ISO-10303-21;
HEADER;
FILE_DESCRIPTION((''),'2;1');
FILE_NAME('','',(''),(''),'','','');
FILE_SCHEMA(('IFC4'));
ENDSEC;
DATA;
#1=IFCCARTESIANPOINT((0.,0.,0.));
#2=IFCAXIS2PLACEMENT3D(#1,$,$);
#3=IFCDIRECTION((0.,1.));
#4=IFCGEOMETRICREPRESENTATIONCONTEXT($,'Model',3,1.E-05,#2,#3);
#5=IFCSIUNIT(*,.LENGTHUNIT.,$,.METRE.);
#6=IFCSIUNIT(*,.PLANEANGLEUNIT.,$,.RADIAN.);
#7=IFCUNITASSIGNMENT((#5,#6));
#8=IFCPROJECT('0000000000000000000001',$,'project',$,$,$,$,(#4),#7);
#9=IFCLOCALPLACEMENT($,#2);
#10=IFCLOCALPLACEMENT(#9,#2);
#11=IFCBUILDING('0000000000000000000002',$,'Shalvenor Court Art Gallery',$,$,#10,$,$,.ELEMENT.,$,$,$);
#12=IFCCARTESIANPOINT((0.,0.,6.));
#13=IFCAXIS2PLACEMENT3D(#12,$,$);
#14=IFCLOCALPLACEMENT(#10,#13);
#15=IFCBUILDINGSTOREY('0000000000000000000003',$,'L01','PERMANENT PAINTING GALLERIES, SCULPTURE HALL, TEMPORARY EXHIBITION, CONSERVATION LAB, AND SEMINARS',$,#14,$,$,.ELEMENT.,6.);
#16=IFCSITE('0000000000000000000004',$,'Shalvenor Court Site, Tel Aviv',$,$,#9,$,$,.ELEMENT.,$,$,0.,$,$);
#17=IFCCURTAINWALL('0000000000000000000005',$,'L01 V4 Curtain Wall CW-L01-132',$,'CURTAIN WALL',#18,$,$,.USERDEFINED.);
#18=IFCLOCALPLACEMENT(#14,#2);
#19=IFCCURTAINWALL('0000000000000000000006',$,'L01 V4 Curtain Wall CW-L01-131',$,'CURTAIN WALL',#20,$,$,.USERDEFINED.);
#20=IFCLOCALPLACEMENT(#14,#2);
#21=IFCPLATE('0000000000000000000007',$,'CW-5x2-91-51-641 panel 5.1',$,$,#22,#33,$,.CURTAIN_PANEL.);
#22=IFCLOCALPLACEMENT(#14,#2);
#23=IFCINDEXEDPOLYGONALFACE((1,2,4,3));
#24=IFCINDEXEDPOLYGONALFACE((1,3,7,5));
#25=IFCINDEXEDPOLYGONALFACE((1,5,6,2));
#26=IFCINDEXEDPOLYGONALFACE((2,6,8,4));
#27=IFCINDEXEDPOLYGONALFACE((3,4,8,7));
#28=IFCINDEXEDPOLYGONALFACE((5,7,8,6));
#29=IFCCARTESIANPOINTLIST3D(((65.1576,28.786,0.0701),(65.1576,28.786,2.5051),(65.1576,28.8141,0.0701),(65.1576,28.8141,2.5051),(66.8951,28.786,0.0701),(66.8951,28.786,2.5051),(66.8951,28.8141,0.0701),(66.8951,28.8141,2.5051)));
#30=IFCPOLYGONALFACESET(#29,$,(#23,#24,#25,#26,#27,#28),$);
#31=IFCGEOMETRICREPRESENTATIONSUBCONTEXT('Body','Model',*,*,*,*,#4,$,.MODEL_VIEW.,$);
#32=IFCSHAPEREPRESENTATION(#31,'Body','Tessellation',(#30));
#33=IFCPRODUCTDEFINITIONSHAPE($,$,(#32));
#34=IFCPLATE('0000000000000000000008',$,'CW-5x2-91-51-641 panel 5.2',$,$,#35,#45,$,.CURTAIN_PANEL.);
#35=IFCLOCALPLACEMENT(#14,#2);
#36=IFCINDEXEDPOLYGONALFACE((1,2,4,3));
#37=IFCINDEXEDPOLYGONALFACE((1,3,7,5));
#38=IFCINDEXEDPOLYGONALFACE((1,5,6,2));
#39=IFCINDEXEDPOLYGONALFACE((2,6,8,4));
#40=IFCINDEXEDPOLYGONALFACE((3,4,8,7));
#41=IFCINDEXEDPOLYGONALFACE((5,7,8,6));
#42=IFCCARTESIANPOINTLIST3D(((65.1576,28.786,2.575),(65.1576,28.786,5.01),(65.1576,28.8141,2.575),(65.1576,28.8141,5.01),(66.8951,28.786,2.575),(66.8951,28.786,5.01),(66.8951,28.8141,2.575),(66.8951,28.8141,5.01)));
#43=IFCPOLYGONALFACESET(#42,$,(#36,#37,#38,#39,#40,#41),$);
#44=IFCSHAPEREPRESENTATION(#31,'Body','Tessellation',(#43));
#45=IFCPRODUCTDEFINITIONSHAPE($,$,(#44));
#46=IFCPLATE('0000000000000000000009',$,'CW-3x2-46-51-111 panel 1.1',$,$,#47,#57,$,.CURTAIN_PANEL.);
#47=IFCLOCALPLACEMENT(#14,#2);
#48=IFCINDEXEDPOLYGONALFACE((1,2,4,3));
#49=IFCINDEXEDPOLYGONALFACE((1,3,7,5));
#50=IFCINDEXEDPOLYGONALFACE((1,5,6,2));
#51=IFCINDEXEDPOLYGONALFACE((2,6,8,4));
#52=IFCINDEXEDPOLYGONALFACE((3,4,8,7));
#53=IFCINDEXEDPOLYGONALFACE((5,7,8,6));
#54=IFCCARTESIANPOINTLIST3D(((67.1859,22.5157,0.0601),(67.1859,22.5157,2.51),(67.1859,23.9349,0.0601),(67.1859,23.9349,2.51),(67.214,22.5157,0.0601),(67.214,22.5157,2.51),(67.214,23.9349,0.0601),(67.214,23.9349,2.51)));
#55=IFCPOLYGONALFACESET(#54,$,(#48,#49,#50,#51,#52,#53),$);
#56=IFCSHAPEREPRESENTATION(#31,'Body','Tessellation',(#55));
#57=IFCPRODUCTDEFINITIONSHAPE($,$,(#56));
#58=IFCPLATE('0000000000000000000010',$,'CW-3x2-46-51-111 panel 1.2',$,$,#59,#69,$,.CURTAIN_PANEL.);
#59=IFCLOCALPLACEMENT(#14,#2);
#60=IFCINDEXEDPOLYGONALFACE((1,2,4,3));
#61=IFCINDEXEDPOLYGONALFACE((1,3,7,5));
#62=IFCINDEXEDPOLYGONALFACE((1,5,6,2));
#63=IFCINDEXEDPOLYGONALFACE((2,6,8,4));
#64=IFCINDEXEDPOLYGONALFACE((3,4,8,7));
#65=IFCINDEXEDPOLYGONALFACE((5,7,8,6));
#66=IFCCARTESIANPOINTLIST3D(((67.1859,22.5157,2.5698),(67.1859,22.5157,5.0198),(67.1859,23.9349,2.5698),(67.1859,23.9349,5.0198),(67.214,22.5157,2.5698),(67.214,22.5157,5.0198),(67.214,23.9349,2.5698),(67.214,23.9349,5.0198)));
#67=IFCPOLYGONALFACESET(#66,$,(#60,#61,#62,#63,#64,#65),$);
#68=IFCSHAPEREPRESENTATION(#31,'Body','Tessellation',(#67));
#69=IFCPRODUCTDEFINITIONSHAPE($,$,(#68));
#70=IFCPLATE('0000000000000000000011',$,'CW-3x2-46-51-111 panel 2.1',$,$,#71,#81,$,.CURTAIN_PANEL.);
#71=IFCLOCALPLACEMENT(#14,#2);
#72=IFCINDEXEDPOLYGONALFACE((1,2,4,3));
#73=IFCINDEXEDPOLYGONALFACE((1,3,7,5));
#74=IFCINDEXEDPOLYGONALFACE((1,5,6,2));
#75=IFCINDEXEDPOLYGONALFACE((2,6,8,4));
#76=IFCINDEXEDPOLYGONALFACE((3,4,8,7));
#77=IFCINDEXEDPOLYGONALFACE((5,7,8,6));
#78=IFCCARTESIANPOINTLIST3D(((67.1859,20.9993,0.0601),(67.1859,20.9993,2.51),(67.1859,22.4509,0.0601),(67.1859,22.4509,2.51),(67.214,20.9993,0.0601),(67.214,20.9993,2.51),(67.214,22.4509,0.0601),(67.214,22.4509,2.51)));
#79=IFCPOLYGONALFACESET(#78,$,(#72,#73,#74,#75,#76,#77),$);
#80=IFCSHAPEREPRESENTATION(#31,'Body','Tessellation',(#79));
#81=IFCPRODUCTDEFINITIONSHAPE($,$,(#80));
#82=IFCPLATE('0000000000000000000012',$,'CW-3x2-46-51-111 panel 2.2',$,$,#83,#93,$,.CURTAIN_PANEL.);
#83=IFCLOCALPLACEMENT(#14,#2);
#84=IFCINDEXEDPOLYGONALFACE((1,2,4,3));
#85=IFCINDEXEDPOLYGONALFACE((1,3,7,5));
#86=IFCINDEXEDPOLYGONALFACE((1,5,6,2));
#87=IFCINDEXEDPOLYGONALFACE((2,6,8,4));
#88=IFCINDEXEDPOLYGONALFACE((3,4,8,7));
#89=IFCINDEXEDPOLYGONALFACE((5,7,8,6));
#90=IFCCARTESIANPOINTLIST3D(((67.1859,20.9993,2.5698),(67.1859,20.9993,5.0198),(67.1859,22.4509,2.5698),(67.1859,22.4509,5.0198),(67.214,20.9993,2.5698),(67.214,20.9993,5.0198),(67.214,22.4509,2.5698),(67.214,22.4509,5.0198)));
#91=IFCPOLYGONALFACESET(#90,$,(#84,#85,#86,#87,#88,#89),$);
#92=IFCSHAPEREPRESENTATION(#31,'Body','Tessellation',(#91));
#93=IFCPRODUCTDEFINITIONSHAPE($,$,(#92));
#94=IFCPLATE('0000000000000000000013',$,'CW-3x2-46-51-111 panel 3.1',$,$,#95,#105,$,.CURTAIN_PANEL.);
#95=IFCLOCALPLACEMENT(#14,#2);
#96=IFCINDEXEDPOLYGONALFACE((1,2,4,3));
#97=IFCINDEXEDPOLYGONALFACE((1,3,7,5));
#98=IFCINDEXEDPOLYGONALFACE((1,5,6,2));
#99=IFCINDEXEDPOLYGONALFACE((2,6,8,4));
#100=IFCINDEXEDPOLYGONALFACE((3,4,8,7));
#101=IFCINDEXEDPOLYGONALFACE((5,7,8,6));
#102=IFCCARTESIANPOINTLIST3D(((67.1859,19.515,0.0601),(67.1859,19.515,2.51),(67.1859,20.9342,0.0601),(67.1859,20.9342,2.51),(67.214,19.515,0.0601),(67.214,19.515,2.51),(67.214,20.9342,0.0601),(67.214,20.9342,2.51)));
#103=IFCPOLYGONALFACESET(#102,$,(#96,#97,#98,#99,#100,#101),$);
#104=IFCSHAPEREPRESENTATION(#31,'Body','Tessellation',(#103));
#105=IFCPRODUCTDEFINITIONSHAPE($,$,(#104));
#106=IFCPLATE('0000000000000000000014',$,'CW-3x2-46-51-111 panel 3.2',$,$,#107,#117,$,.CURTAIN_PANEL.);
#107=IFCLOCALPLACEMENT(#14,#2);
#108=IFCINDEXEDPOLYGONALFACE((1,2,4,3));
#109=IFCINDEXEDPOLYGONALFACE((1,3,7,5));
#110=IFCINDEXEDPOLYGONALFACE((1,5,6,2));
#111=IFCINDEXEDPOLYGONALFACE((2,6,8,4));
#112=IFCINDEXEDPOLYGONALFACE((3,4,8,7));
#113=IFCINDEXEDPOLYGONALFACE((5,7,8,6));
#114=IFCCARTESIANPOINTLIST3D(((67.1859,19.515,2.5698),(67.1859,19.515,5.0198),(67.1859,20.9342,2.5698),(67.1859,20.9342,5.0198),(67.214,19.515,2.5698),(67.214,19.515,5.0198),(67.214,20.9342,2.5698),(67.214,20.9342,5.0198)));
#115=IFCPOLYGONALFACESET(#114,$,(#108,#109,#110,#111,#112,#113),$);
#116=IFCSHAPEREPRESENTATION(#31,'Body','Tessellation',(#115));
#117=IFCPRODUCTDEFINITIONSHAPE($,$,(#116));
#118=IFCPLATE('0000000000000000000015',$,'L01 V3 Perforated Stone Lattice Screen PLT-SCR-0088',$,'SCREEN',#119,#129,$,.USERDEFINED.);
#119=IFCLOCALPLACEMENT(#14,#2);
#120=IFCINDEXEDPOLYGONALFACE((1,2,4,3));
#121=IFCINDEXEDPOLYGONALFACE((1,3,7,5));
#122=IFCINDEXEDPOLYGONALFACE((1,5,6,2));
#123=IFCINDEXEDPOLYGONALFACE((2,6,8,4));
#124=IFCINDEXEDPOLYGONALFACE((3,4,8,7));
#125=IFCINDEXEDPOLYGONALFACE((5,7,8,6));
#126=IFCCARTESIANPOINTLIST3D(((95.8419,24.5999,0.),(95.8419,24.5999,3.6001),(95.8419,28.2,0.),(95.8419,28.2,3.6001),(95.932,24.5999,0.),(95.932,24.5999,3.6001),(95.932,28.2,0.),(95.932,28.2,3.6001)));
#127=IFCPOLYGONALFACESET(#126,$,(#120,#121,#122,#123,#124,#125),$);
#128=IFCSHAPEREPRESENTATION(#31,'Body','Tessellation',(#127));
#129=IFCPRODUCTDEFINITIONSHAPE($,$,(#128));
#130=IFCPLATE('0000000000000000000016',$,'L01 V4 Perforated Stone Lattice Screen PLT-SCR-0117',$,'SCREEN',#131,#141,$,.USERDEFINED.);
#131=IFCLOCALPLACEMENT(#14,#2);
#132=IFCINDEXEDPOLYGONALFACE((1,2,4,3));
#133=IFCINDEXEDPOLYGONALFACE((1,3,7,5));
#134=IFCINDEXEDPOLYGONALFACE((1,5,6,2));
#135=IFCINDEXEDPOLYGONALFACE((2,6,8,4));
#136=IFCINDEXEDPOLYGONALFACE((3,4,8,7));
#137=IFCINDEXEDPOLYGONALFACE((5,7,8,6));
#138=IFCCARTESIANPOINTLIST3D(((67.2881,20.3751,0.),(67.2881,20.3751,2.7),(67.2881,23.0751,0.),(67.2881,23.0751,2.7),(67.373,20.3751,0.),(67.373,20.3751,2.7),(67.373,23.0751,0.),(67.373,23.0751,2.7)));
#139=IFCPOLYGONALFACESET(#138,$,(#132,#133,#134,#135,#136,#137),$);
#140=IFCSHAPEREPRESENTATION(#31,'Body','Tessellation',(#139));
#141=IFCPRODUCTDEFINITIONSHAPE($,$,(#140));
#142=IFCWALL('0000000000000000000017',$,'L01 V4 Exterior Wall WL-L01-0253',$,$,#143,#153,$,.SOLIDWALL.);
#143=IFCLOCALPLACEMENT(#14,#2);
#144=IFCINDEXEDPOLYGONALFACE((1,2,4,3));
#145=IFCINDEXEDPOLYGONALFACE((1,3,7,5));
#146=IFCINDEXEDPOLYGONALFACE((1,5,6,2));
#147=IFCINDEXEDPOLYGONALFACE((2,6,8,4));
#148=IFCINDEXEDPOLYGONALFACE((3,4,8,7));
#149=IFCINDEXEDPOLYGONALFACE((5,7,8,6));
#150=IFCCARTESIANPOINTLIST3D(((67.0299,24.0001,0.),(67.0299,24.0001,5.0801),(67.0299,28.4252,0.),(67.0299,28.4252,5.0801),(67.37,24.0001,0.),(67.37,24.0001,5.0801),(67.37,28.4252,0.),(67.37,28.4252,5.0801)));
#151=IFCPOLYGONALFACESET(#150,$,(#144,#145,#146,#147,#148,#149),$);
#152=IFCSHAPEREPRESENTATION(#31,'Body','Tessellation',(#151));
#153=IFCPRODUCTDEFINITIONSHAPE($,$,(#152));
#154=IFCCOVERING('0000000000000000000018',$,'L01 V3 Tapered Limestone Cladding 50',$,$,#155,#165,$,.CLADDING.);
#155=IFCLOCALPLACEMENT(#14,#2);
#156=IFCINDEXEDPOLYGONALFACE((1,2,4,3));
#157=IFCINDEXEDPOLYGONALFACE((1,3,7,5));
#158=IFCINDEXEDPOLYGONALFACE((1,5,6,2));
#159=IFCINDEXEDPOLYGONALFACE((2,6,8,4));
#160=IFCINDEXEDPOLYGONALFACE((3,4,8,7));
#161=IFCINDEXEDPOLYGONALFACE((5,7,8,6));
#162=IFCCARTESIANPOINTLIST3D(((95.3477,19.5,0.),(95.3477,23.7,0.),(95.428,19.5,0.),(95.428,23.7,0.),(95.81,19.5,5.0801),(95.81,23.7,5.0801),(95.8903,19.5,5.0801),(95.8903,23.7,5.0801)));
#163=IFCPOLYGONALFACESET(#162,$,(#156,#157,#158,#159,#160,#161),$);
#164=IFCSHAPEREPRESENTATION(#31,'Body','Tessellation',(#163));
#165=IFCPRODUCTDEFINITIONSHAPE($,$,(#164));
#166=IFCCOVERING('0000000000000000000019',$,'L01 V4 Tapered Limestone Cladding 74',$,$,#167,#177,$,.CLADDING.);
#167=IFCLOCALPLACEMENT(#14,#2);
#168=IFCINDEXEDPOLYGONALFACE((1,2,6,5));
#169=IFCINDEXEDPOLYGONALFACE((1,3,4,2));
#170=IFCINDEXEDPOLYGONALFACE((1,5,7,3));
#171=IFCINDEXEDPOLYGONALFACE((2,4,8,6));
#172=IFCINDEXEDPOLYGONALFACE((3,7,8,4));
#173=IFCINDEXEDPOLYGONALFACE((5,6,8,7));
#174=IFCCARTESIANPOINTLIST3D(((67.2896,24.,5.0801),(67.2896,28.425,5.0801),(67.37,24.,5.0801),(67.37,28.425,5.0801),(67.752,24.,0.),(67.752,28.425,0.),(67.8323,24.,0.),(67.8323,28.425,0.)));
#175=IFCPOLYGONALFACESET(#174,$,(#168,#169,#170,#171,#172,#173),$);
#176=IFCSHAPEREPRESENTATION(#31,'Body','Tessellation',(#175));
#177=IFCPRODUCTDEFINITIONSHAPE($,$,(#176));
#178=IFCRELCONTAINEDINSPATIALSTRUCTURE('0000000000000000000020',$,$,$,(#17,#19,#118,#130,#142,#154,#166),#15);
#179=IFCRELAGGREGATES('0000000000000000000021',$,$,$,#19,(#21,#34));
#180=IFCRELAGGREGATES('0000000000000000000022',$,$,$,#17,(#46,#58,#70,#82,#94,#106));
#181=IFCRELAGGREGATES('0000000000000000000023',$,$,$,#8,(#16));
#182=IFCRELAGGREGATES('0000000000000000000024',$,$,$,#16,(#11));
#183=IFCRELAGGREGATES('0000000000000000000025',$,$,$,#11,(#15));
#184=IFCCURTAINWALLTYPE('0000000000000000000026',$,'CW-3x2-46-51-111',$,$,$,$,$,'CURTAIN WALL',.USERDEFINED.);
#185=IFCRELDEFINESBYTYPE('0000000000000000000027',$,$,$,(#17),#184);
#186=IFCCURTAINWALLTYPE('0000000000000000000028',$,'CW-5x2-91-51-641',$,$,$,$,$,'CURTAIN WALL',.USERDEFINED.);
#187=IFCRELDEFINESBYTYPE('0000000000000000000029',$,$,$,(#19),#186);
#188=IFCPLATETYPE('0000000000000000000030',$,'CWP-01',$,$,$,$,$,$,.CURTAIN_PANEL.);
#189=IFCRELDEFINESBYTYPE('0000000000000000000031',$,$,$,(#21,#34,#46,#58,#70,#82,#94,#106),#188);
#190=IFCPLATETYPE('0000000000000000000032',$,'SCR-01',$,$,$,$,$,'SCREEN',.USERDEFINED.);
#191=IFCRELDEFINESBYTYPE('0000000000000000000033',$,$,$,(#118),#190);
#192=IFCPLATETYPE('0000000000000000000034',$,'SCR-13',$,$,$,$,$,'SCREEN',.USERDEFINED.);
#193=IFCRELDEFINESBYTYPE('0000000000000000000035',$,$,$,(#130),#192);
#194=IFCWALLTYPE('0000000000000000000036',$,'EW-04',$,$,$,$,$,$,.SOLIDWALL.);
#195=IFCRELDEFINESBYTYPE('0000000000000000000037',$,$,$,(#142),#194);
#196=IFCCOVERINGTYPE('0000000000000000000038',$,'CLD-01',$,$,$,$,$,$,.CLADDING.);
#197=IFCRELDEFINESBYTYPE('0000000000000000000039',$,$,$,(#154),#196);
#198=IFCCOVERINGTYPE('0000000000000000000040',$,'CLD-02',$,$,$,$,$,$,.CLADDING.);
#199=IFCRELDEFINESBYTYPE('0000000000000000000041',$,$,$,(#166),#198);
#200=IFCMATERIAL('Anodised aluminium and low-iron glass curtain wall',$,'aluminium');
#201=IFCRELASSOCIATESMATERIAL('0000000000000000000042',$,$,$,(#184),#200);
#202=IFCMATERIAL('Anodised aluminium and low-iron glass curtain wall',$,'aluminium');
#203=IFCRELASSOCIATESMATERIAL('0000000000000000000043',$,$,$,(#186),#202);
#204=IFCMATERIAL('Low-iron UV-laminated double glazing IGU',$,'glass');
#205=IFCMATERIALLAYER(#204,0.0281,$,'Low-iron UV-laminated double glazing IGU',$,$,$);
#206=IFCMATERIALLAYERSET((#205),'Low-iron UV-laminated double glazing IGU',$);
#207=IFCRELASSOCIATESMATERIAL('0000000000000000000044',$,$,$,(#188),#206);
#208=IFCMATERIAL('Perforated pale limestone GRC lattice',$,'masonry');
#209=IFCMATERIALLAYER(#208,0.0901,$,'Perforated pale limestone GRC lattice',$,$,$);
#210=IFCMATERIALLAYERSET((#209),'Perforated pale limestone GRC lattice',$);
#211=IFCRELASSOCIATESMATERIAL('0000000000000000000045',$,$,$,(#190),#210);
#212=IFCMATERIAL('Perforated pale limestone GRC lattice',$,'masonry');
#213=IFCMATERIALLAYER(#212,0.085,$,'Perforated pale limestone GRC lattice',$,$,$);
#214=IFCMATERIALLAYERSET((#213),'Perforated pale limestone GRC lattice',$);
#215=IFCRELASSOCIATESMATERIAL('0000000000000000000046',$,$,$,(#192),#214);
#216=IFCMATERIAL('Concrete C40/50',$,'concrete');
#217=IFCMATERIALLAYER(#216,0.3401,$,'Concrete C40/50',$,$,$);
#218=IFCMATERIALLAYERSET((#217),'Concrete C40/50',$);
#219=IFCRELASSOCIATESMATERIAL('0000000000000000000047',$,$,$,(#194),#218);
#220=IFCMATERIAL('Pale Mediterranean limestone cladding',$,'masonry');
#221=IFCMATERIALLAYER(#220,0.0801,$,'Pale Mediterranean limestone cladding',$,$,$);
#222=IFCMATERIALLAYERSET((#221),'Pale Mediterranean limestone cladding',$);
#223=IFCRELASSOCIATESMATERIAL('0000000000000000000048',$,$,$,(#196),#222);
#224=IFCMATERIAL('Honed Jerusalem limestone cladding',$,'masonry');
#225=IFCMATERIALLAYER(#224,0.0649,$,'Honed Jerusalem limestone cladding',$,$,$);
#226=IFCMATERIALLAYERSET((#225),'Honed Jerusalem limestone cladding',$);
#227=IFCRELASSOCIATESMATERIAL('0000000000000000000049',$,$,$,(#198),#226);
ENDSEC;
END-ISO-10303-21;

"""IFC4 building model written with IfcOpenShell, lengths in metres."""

from ifc_helpers import new_model, si_unit, direction, frame, frame_2d, origin, origin_2d, place, context, subcontext, project, spatial, polyline, rectangle, outline, extrude, material, layer, layer_set, type_object, element, aggregate, save


model = new_model("IFC4")

# Units and contexts
model_context = context("Model", 3, precision=1e-05, world=origin(), true_north=direction((0.0, 1.0)))
body_context = subcontext(model_context, "Body", "Model", "MODEL_VIEW")
ifc_project = project(units=[si_unit("LENGTHUNIT", "METRE"), si_unit("PLANEANGLEUNIT", "RADIAN")], contexts=[model_context])

# Site, building, storey
site_placement = place(None, origin())
site = spatial("IfcSite", under=ifc_project, at=site_placement, Name="Shalvenor Court Site, Tel Aviv", CompositionType="ELEMENT", RefElevation=0.0)
building_placement = place(site_placement, origin())
building = spatial("IfcBuilding", under=site, at=building_placement, Name="Shalvenor Court Art Gallery", CompositionType="ELEMENT")
storey_placement = place(building_placement, frame((0.0, 0.0, 6.0)))
storey = spatial("IfcBuildingStorey", under=building, at=storey_placement, Name="L01", Description="PERMANENT PAINTING GALLERIES, SCULPTURE HALL, TEMPORARY EXHIBITION, CONSERVATION LAB, AND SEMINARS", CompositionType="ELEMENT", Elevation=6.0)

# Curtain wall
ifc_material_1 = material(Name="Anodised aluminium and low-iron glass curtain wall", Category="aluminium")
curtain_wall_type_1 = type_object("IfcCurtainWallType", Name="CW-3x2-46-51-111", ElementType="CURTAIN WALL", PredefinedType="USERDEFINED", material=ifc_material_1)
curtain_wall_1_placement = place(storey_placement, origin())
curtain_wall_1 = element("IfcCurtainWall", 1, at=curtain_wall_1_placement, inside=storey, type_object=curtain_wall_type_1, Name="L01 V4 Curtain Wall CW-L01-132", ObjectType="CURTAIN WALL", PredefinedType="USERDEFINED")

# Curtain wall
ifc_material_2 = material(Name="Anodised aluminium and low-iron glass curtain wall", Category="aluminium")
curtain_wall_type_2 = type_object("IfcCurtainWallType", Name="CW-5x2-91-51-641", ElementType="CURTAIN WALL", PredefinedType="USERDEFINED", material=ifc_material_2)
curtain_wall_2_placement = place(storey_placement, origin())
curtain_wall_2 = element("IfcCurtainWall", 2, at=curtain_wall_2_placement, inside=storey, type_object=curtain_wall_type_2, Name="L01 V4 Curtain Wall CW-L01-131", ObjectType="CURTAIN WALL", PredefinedType="USERDEFINED")

# Plates
ifc_material_3 = material(Name="Low-iron UV-laminated double glazing IGU", Category="glass")
ifc_layer_1 = layer(ifc_material_3, 0.0281, Name="Low-iron UV-laminated double glazing IGU")
ifc_layer_set_1 = layer_set([ifc_layer_1], Name="Low-iron UV-laminated double glazing IGU")
plate_type_1 = type_object("IfcPlateType", Name="CWP-01", PredefinedType="CURTAIN_PANEL", material=ifc_layer_set_1)
plate_1_placement = place(storey_placement, frame((66.0264, 28.8, 0.0701), z_axis=(0.0, 0.0, 1.0), x_axis=(1.0, 0.0, 0.0)))
plate_1 = element("IfcPlate", 3, at=plate_1_placement, type_object=plate_type_1, Name="CW-5x2-91-51-641 panel 5.1", PredefinedType="CURTAIN_PANEL", context=body_context, shape_type="SweptSolid", body=[
    extrude(rectangle(XDim=1.7375, YDim=0.0281, at=origin_2d()), origin(), (0.0, 0.0, 1.0), 2.4351),
])
plate_2_placement = place(storey_placement, frame((66.0264, 28.8, 2.575), z_axis=(0.0, 0.0, 1.0), x_axis=(1.0, 0.0, 0.0)))
plate_2 = element("IfcPlate", 4, at=plate_2_placement, type_object=plate_type_1, Name="CW-5x2-91-51-641 panel 5.2", PredefinedType="CURTAIN_PANEL", context=body_context, shape_type="SweptSolid", body=[
    extrude(rectangle(XDim=1.7375, YDim=0.0281, at=origin_2d()), origin(), (0.0, 0.0, 1.0), 2.4351),
])
aggregate(curtain_wall_2, [plate_1, plate_2])
plate_3_placement = place(storey_placement, frame((67.2, 23.2253, 0.0601), z_axis=(0.0, 0.0, 1.0), x_axis=(0.0, -1.0, 0.0)))
plate_3 = element("IfcPlate", 5, at=plate_3_placement, type_object=plate_type_1, Name="CW-3x2-46-51-111 panel 1.1", PredefinedType="CURTAIN_PANEL", context=body_context, shape_type="SweptSolid", body=[
    extrude(rectangle(XDim=1.4192, YDim=0.0281, at=origin_2d()), origin(), (0.0, 0.0, 1.0), 2.45),
])
plate_4_placement = place(storey_placement, frame((67.2, 23.2253, 2.5698), z_axis=(0.0, 0.0, 1.0), x_axis=(0.0, -1.0, 0.0)))
plate_4 = element("IfcPlate", 6, at=plate_4_placement, type_object=plate_type_1, Name="CW-3x2-46-51-111 panel 1.2", PredefinedType="CURTAIN_PANEL", context=body_context, shape_type="SweptSolid", body=[
    extrude(rectangle(XDim=1.4192, YDim=0.0281, at=origin_2d()), origin(), (0.0, 0.0, 1.0), 2.45),
])
plate_5_placement = place(storey_placement, frame((67.2, 21.7251, 0.0601), z_axis=(0.0, 0.0, 1.0), x_axis=(0.0, -1.0, 0.0)))
plate_5 = element("IfcPlate", 7, at=plate_5_placement, type_object=plate_type_1, Name="CW-3x2-46-51-111 panel 2.1", PredefinedType="CURTAIN_PANEL", context=body_context, shape_type="SweptSolid", body=[
    extrude(rectangle(XDim=1.4517, YDim=0.0281, at=origin_2d()), origin(), (0.0, 0.0, 1.0), 2.45),
])
plate_6_placement = place(storey_placement, frame((67.2, 21.7251, 2.5698), z_axis=(0.0, 0.0, 1.0), x_axis=(0.0, -1.0, 0.0)))
plate_6 = element("IfcPlate", 8, at=plate_6_placement, type_object=plate_type_1, Name="CW-3x2-46-51-111 panel 2.2", PredefinedType="CURTAIN_PANEL", context=body_context, shape_type="SweptSolid", body=[
    extrude(rectangle(XDim=1.4517, YDim=0.0281, at=origin_2d()), origin(), (0.0, 0.0, 1.0), 2.45),
])
plate_7_placement = place(storey_placement, frame((67.2, 20.2246, 0.0601), z_axis=(0.0, 0.0, 1.0), x_axis=(0.0, -1.0, 0.0)))
plate_7 = element("IfcPlate", 9, at=plate_7_placement, type_object=plate_type_1, Name="CW-3x2-46-51-111 panel 3.1", PredefinedType="CURTAIN_PANEL", context=body_context, shape_type="SweptSolid", body=[
    extrude(rectangle(XDim=1.4192, YDim=0.0281, at=origin_2d()), origin(), (0.0, 0.0, 1.0), 2.45),
])
plate_8_placement = place(storey_placement, frame((67.2, 20.2246, 2.5698), z_axis=(0.0, 0.0, 1.0), x_axis=(0.0, -1.0, 0.0)))
plate_8 = element("IfcPlate", 10, at=plate_8_placement, type_object=plate_type_1, Name="CW-3x2-46-51-111 panel 3.2", PredefinedType="CURTAIN_PANEL", context=body_context, shape_type="SweptSolid", body=[
    extrude(rectangle(XDim=1.4192, YDim=0.0281, at=origin_2d()), origin(), (0.0, 0.0, 1.0), 2.45),
])
aggregate(curtain_wall_1, [plate_3, plate_4, plate_5, plate_6, plate_7, plate_8])

# Plates
ifc_material_4 = material(Name="Perforated pale limestone GRC lattice", Category="masonry")
ifc_layer_2 = layer(ifc_material_4, 0.0901, Name="Perforated pale limestone GRC lattice")
ifc_layer_set_2 = layer_set([ifc_layer_2], Name="Perforated pale limestone GRC lattice")
plate_type_2 = type_object("IfcPlateType", Name="SCR-01", ElementType="SCREEN", PredefinedType="USERDEFINED", material=ifc_layer_set_2)
plate_9_placement = place(storey_placement, frame((95.887, 26.3999, 0.0), z_axis=(0.0, 0.0, 1.0), x_axis=(0.0, 1.0, 0.0)))
element("IfcPlate", 11, at=plate_9_placement, inside=storey, type_object=plate_type_2, Name="L01 V3 Perforated Stone Lattice Screen PLT-SCR-0088", ObjectType="SCREEN", PredefinedType="USERDEFINED", context=body_context, shape_type="SweptSolid", body=[
    extrude(rectangle(XDim=3.6001, YDim=0.0901, at=origin_2d()), origin(), (0.0, 0.0, 1.0), 3.6001),
])
ifc_material_5 = material(Name="Perforated pale limestone GRC lattice", Category="masonry")
ifc_layer_3 = layer(ifc_material_5, 0.085, Name="Perforated pale limestone GRC lattice")
ifc_layer_set_3 = layer_set([ifc_layer_3], Name="Perforated pale limestone GRC lattice")
plate_type_3 = type_object("IfcPlateType", Name="SCR-13", ElementType="SCREEN", PredefinedType="USERDEFINED", material=ifc_layer_set_3)
plate_10_placement = place(storey_placement, frame((67.3306, 21.7251, 0.0), z_axis=(0.0, 0.0, 1.0), x_axis=(0.0, -1.0, 0.0)))
element("IfcPlate", 12, at=plate_10_placement, inside=storey, type_object=plate_type_3, Name="L01 V4 Perforated Stone Lattice Screen PLT-SCR-0117", ObjectType="SCREEN", PredefinedType="USERDEFINED", context=body_context, shape_type="SweptSolid", body=[
    extrude(rectangle(XDim=2.7, YDim=0.085, at=origin_2d()), origin(), (0.0, 0.0, 1.0), 2.7),
])

# Wall
ifc_material_6 = material(Name="Concrete C40/50", Category="concrete")
ifc_layer_4 = layer(ifc_material_6, 0.3401, Name="Concrete C40/50")
ifc_layer_set_4 = layer_set([ifc_layer_4], Name="Concrete C40/50")
wall_type = type_object("IfcWallType", Name="EW-04", PredefinedType="SOLIDWALL", material=ifc_layer_set_4)
wall_placement = place(storey_placement, frame((67.2, 28.425, 0.0), z_axis=(0.0, 0.0, 1.0), x_axis=(0.0, -1.0, 0.0)))
element("IfcWall", 13, at=wall_placement, inside=storey, type_object=wall_type, Name="L01 V4 Exterior Wall WL-L01-0253", PredefinedType="SOLIDWALL", context=body_context, shape_type="SweptSolid", body=[
    extrude(rectangle(XDim=4.425, YDim=0.3401, at=frame_2d((2.2124, 0.0))), origin(), (0.0, 0.0, 1.0), 5.0801),
])

# Coverings
ifc_material_7 = material(Name="Pale Mediterranean limestone cladding", Category="masonry")
ifc_layer_5 = layer(ifc_material_7, 0.0801, Name="Pale Mediterranean limestone cladding")
ifc_layer_set_5 = layer_set([ifc_layer_5], Name="Pale Mediterranean limestone cladding")
covering_type_1 = type_object("IfcCoveringType", Name="CLD-01", PredefinedType="CLADDING", material=ifc_layer_set_5)
covering_1_placement = place(storey_placement, frame((95.3477, 23.7, 0.0), z_axis=(0.0, 0.0, 1.0), x_axis=(0.0, -1.0, 0.0)))
element("IfcCovering", 14, at=covering_1_placement, inside=storey, type_object=covering_type_1, Name="L01 V3 Tapered Limestone Cladding 50", PredefinedType="CLADDING", context=body_context, shape_type="SweptSolid", body=[
    extrude(outline(polyline([(0.0, 0.0), (4.2, 0.0), (4.2, 5.1011), (0.0, 5.1011), (0.0, 0.0)])), frame((0.0, 0.0, 0.0), z_axis=(0.0, -0.995884, 0.090633), x_axis=(1.0, 0.0, 0.0)), (0.0, 0.090633, -0.995884), 0.0803),
])
ifc_material_8 = material(Name="Honed Jerusalem limestone cladding", Category="masonry")
ifc_layer_6 = layer(ifc_material_8, 0.0649, Name="Honed Jerusalem limestone cladding")
ifc_layer_set_6 = layer_set([ifc_layer_6], Name="Honed Jerusalem limestone cladding")
covering_type_2 = type_object("IfcCoveringType", Name="CLD-02", PredefinedType="CLADDING", material=ifc_layer_set_6)
covering_2_placement = place(storey_placement, frame((67.8323, 24.0, 0.0), z_axis=(0.0, 0.0, 1.0), x_axis=(0.0, 1.0, 0.0)))
element("IfcCovering", 15, at=covering_2_placement, inside=storey, type_object=covering_type_2, Name="L01 V4 Tapered Limestone Cladding 74", PredefinedType="CLADDING", context=body_context, shape_type="SweptSolid", body=[
    extrude(outline(polyline([(0.0, 0.0), (4.425, 0.0), (4.425, 5.1011), (0.0, 5.1011), (0.0, 0.0)])), frame((0.0, 0.0, 0.0), z_axis=(0.0, -0.995884, 0.090633), x_axis=(1.0, 0.0, 0.0)), (0.0, 0.090633, -0.995884), 0.0803),
])

save(model, "model.ifc")
